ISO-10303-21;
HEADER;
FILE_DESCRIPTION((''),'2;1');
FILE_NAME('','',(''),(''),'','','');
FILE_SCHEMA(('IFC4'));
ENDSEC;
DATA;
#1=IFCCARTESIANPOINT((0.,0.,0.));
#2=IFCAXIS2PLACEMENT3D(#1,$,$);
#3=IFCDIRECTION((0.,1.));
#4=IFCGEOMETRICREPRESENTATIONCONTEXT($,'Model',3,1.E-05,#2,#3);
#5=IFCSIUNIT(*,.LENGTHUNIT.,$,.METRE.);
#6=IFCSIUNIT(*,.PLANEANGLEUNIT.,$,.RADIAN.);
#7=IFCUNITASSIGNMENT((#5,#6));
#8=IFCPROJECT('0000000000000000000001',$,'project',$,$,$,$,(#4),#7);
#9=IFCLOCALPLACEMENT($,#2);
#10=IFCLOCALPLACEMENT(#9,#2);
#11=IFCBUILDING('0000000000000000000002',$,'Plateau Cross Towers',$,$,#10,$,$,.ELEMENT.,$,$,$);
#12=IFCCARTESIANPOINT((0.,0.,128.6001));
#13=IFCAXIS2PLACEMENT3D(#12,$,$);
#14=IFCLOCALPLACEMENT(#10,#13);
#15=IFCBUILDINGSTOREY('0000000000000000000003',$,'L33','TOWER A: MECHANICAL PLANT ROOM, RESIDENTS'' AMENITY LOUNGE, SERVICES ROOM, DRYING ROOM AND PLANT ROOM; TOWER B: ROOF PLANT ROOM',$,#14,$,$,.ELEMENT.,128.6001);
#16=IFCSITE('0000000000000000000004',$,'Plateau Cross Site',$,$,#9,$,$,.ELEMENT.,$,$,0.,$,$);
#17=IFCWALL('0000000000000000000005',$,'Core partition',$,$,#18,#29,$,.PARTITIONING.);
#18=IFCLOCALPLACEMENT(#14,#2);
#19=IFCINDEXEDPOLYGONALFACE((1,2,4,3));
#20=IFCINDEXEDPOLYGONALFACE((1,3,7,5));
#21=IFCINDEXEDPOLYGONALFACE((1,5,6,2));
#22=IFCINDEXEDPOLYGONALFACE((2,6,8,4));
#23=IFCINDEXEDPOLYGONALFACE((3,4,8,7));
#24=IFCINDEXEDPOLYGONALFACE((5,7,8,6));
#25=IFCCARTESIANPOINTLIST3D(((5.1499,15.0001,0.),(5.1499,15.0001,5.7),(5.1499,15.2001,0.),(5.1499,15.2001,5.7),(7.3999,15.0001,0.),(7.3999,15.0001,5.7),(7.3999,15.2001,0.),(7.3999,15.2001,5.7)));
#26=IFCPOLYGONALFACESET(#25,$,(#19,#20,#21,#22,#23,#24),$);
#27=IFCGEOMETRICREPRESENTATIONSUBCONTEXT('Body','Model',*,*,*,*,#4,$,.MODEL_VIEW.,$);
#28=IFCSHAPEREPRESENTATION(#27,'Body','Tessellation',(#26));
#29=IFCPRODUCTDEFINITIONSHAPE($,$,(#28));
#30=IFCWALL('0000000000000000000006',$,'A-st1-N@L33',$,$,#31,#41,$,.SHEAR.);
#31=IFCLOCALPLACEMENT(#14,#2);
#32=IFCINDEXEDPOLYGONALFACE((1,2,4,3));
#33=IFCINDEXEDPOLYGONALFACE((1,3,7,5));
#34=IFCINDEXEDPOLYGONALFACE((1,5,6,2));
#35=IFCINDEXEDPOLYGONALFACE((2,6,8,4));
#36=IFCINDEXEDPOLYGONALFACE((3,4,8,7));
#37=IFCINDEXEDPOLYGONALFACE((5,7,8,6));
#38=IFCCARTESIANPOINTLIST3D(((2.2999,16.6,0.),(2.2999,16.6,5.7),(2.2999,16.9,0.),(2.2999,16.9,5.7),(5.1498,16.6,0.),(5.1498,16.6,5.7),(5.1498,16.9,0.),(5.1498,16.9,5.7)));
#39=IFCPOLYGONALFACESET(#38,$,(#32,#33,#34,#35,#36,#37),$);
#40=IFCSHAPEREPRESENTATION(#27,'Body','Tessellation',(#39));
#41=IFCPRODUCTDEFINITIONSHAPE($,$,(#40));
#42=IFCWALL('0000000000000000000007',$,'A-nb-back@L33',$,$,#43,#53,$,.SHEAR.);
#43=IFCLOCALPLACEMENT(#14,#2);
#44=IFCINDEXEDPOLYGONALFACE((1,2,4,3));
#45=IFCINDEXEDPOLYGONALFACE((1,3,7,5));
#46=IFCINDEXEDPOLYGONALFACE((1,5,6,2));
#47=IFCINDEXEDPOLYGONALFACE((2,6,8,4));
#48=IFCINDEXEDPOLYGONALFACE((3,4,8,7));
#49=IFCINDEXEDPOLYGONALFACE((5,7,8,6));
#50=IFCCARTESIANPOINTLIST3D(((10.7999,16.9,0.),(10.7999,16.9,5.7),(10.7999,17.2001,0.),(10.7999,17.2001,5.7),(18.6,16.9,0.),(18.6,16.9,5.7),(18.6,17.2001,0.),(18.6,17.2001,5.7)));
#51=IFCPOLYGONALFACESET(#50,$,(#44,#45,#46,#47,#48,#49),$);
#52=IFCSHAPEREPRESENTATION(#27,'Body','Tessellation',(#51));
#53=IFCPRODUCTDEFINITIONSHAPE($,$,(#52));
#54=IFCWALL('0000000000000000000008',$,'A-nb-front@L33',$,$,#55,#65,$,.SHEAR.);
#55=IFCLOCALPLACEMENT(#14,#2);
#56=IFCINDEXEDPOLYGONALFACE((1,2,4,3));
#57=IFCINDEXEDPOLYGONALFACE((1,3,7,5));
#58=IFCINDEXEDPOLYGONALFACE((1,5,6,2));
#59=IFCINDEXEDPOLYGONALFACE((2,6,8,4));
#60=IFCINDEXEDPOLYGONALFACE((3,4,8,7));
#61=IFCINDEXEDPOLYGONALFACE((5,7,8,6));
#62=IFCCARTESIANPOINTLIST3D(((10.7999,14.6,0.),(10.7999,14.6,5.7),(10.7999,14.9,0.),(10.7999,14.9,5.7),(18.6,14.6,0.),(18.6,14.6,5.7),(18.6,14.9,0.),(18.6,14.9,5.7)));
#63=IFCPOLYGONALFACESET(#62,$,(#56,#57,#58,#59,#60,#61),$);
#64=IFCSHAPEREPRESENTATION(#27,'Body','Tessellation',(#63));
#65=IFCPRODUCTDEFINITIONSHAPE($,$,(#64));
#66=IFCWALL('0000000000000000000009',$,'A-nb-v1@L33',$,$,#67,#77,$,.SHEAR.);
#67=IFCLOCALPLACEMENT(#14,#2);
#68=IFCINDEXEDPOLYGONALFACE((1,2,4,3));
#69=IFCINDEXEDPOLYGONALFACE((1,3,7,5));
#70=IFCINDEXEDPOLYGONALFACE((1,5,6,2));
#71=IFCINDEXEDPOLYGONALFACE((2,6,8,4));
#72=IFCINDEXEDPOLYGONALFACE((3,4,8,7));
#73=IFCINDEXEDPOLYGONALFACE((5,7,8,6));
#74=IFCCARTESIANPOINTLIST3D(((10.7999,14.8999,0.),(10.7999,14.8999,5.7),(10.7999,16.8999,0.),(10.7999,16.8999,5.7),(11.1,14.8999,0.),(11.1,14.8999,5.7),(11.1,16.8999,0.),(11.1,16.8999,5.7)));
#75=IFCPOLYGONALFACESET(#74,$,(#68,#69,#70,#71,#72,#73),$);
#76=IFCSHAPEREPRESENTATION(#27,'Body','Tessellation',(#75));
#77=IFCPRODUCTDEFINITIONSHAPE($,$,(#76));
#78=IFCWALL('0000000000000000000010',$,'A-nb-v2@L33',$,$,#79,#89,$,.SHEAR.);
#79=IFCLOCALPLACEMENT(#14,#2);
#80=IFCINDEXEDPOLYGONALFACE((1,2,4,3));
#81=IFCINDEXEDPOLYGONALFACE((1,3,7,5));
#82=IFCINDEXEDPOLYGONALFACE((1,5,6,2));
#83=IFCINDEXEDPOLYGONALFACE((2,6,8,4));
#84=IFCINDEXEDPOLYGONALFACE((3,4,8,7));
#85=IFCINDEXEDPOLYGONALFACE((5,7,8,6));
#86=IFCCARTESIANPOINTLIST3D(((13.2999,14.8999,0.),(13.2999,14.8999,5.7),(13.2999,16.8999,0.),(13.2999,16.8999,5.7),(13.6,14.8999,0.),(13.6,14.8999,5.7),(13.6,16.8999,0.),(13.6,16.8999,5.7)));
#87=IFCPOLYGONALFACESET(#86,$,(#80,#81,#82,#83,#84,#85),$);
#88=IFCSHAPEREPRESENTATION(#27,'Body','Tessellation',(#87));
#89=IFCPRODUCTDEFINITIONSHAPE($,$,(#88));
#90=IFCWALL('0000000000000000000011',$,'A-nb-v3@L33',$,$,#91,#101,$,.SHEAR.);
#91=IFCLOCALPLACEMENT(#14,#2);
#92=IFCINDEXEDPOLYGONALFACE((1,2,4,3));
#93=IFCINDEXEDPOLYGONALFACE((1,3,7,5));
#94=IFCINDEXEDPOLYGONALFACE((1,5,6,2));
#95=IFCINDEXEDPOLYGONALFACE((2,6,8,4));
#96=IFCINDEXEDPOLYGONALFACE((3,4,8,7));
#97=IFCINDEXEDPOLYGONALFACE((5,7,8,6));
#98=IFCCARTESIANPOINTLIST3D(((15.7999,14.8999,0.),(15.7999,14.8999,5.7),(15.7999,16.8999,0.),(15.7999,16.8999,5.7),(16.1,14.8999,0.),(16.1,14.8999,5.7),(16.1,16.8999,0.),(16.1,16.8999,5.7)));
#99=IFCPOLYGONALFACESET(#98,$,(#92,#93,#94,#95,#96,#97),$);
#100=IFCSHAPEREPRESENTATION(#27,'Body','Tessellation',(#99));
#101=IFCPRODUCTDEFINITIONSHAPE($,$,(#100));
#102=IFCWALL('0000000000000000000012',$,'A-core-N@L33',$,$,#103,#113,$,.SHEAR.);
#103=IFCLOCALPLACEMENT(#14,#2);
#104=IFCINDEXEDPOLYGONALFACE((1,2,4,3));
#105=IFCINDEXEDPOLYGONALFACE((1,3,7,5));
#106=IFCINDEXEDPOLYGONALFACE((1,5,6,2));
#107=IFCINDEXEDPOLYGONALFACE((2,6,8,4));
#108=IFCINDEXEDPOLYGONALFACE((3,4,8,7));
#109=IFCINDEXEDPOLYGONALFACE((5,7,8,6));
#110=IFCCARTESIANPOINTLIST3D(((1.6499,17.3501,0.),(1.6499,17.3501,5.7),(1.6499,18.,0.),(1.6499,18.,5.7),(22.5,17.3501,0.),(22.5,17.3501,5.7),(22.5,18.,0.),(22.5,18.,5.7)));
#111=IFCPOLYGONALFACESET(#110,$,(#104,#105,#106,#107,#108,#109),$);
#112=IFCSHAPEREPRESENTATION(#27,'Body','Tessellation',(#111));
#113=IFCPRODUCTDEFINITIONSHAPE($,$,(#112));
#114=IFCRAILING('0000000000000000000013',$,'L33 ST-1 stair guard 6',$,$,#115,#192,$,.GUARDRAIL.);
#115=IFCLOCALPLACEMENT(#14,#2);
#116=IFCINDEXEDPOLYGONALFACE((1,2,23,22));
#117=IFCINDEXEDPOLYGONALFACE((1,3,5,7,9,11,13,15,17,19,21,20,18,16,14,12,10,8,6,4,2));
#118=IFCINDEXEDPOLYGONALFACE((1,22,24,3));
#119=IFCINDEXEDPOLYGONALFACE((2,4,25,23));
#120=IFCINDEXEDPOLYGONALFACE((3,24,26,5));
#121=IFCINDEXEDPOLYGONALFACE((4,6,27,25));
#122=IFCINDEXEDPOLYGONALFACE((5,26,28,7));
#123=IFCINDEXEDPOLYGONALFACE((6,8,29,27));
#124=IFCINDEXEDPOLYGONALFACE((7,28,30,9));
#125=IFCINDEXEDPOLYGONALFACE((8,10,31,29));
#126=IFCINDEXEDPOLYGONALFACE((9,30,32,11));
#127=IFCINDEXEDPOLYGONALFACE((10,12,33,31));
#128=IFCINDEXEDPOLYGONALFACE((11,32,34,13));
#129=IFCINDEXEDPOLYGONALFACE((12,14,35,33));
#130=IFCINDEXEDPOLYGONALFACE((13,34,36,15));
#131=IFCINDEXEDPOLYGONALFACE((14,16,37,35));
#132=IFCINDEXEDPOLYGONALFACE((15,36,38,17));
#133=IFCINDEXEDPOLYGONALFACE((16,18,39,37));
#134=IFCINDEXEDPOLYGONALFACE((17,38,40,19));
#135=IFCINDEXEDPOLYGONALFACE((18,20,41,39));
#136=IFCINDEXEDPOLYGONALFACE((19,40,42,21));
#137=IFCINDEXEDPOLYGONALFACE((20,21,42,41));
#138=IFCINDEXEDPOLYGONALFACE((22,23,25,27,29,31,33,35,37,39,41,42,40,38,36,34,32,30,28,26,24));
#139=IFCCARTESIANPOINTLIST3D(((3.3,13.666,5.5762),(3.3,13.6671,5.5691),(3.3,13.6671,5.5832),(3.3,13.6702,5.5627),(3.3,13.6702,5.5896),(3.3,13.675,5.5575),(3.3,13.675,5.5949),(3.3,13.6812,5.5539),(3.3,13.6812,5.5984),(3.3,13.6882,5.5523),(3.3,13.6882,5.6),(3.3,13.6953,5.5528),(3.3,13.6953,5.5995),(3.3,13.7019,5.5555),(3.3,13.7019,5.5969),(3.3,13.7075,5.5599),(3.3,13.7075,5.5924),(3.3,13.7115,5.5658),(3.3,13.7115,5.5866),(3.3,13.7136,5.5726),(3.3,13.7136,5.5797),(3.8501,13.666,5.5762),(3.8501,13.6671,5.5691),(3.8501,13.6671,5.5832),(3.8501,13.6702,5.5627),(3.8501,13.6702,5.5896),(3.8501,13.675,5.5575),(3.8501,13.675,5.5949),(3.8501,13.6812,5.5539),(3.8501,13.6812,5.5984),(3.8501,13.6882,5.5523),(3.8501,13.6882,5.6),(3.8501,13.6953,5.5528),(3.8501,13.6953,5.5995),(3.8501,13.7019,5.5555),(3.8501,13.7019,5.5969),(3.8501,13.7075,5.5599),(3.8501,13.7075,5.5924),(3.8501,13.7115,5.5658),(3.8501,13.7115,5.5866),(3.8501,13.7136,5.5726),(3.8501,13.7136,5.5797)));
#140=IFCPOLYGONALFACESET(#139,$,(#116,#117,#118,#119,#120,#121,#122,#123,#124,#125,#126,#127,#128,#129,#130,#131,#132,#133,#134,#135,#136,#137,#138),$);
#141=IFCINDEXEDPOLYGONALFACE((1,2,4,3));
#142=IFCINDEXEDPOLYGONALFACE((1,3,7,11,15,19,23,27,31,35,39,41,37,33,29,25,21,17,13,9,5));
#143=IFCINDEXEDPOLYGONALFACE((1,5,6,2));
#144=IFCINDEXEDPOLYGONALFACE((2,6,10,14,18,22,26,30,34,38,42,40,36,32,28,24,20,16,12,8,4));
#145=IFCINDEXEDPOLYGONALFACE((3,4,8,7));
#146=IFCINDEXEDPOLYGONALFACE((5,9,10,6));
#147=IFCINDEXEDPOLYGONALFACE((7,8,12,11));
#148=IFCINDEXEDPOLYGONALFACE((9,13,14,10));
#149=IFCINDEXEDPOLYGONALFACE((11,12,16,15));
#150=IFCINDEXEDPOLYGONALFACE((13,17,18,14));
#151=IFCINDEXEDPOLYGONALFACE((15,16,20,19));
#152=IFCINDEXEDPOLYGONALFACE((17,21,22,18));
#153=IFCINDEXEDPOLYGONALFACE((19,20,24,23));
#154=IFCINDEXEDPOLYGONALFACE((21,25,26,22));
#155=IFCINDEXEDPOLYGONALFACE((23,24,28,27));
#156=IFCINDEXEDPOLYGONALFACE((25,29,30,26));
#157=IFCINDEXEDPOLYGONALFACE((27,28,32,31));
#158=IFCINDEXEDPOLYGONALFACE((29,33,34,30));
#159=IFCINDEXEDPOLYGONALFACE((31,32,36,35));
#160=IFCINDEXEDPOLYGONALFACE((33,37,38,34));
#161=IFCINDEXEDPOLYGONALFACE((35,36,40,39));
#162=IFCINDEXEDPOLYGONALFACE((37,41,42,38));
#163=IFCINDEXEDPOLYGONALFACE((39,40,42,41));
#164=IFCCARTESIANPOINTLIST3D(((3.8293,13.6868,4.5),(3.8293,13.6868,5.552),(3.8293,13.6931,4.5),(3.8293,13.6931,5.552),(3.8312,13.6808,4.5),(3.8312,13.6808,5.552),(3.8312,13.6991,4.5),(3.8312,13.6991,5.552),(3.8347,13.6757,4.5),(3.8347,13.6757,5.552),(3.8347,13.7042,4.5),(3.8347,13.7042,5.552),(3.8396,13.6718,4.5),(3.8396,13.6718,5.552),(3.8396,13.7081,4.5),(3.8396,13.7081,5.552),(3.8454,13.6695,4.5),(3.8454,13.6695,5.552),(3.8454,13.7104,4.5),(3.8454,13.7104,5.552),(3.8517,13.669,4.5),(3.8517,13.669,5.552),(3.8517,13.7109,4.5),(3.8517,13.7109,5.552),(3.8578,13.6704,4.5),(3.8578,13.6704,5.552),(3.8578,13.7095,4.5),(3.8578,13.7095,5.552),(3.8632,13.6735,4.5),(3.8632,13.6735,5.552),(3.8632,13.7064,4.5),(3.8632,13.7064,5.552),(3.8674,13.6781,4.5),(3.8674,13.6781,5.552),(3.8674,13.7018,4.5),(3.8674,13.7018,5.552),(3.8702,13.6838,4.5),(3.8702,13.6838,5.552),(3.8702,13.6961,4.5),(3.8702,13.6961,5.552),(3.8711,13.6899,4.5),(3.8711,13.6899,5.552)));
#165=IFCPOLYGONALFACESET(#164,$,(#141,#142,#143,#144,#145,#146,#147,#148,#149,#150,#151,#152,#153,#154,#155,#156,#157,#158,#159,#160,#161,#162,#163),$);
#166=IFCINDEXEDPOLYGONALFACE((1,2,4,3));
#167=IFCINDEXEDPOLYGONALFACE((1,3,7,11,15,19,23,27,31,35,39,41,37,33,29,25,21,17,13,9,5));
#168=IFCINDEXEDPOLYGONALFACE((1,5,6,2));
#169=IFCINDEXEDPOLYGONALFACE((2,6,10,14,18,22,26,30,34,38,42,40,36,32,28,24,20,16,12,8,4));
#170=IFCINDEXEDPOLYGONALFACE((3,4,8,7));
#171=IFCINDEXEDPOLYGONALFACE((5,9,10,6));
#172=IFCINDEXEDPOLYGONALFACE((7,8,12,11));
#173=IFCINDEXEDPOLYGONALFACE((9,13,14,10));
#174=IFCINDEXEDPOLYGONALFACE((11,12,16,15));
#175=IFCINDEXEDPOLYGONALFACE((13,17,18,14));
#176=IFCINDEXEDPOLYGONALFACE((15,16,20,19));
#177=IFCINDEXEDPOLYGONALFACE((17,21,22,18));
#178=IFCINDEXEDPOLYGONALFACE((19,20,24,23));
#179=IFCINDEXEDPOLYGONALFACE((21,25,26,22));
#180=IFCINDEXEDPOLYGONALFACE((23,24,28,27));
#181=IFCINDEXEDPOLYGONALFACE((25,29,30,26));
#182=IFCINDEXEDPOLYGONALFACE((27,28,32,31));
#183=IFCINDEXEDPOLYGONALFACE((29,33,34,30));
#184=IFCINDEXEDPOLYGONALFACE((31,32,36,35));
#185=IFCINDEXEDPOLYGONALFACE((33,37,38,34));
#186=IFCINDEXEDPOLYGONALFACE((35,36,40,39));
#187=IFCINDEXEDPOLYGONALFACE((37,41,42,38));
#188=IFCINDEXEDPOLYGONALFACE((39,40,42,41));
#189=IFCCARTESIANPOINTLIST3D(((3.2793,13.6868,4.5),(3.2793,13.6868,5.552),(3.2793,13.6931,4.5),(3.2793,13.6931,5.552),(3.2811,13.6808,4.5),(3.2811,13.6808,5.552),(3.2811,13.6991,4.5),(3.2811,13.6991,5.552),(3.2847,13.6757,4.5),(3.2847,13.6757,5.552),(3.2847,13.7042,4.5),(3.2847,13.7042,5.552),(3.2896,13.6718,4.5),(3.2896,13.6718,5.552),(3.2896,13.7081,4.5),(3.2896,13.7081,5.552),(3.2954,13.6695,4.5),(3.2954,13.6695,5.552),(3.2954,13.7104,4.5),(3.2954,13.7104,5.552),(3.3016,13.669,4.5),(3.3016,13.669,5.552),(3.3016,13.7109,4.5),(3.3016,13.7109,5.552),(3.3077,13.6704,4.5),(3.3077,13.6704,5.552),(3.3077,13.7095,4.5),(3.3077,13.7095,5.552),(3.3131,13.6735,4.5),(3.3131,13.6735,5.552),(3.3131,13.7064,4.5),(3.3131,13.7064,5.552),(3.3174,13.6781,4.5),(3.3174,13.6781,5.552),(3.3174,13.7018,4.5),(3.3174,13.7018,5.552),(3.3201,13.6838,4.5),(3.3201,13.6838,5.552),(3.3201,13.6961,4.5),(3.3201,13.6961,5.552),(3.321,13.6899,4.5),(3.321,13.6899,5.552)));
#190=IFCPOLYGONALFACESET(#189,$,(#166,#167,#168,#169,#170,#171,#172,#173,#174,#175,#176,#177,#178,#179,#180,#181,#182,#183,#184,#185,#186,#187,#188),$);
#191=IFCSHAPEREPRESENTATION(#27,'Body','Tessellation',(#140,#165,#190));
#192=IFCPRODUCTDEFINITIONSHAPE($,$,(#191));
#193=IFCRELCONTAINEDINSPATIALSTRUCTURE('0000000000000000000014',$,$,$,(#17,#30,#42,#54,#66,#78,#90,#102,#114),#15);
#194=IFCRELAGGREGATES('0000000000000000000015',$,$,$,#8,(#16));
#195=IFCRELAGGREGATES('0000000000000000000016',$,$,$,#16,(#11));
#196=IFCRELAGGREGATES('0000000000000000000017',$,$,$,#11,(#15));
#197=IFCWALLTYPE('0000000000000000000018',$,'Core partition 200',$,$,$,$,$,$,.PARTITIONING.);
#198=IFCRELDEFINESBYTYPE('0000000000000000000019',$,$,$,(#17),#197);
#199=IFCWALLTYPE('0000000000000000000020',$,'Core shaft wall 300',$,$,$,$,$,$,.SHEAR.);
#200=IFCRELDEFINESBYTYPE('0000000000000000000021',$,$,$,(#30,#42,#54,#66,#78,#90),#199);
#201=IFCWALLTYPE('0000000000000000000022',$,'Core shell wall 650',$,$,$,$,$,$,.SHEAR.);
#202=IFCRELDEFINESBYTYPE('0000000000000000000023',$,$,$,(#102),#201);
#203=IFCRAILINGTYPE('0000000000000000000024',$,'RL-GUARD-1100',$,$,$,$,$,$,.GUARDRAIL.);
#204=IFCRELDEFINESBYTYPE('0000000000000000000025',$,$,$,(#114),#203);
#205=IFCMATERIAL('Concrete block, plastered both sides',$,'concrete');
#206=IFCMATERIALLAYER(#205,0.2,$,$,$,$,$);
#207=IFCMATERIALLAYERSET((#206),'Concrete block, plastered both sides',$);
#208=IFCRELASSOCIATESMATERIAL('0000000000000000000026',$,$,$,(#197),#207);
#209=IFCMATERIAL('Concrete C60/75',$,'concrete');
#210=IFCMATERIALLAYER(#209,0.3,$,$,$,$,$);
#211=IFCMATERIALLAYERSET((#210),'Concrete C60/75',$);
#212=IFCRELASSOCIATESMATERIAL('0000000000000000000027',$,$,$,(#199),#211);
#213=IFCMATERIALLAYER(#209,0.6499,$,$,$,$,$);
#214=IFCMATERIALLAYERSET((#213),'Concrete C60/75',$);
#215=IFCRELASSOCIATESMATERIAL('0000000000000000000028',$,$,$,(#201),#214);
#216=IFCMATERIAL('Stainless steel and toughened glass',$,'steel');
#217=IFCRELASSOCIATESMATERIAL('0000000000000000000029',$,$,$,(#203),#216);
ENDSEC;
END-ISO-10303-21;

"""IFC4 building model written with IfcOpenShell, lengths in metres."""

from ifc_helpers import new_model, si_unit, direction, frame, frame_2d, origin, origin_2d, place, context, subcontext, project, spatial, rectangle, circle, extrude, material, layer, layer_set, type_object, element, save


model = new_model("IFC4")

# Units and contexts
model_context = context("Model", 3, precision=1e-05, world=origin(), true_north=direction((0.0, 1.0)))
body_context = subcontext(model_context, "Body", "Model", "MODEL_VIEW")
ifc_project = project(units=[si_unit("LENGTHUNIT", "METRE"), si_unit("PLANEANGLEUNIT", "RADIAN")], contexts=[model_context])

# Site, building, storey
site_placement = place(None, origin())
site = spatial("IfcSite", under=ifc_project, at=site_placement, Name="Plateau Cross Site", CompositionType="ELEMENT", RefElevation=0.0)
building_placement = place(site_placement, origin())
building = spatial("IfcBuilding", under=site, at=building_placement, Name="Plateau Cross Towers", CompositionType="ELEMENT")
storey_placement = place(building_placement, frame((0.0, 0.0, 128.6001)))
storey = spatial("IfcBuildingStorey", under=building, at=storey_placement, Name="L33", Description="TOWER A: MECHANICAL PLANT ROOM, RESIDENTS' AMENITY LOUNGE, SERVICES ROOM, DRYING ROOM AND PLANT ROOM; TOWER B: ROOF PLANT ROOM", CompositionType="ELEMENT", Elevation=128.6001)

# Shared definitions
ifc_material_1 = material(Name="Concrete C60/75", Category="concrete")

# Walls
ifc_material_2 = material(Name="Concrete block, plastered both sides", Category="concrete")
ifc_layer_1 = layer(ifc_material_2, 0.2)
ifc_layer_set_1 = layer_set([ifc_layer_1], Name="Concrete block, plastered both sides")
wall_type_1 = type_object("IfcWallType", Name="Core partition 200", PredefinedType="PARTITIONING", material=ifc_layer_set_1)
wall_1_placement = place(storey_placement, frame((5.1499, 15.1001, 0.0), z_axis=(0.0, 0.0, 1.0), x_axis=(1.0, 0.0, 0.0)))
element("IfcWall", 1, at=wall_1_placement, inside=storey, type_object=wall_type_1, Name="Core partition", PredefinedType="PARTITIONING", context=body_context, shape_type="SweptSolid", body=[
    extrude(rectangle(XDim=2.25, YDim=0.2, at=frame_2d((1.125, 0.0))), origin(), (0.0, 0.0, 1.0), 5.7),
])
ifc_layer_2 = layer(ifc_material_1, 0.3)
ifc_layer_set_2 = layer_set([ifc_layer_2], Name="Concrete C60/75")
wall_type_2 = type_object("IfcWallType", Name="Core shaft wall 300", PredefinedType="SHEAR", material=ifc_layer_set_2)
wall_2_placement = place(storey_placement, frame((2.3, 16.75, 0.0), z_axis=(0.0, 0.0, 1.0), x_axis=(1.0, 0.0, 0.0)))
element("IfcWall", 2, at=wall_2_placement, inside=storey, type_object=wall_type_2, Name="A-st1-N@L33", PredefinedType="SHEAR", context=body_context, shape_type="SweptSolid", body=[
    extrude(rectangle(XDim=2.8499, YDim=0.3, at=frame_2d((1.4248, 0.0))), origin(), (0.0, 0.0, 1.0), 5.7),
])
for number, where, z_axis, x_axis, name in (
    (3, (10.8, 17.05, 0.0), (0.0, 0.0, 1.0), (1.0, 0.0, 0.0), "A-nb-back@L33"),
    (4, (10.8, 14.75, 0.0), (0.0, 0.0, 1.0), (1.0, 0.0, 0.0), "A-nb-front@L33"),
):
    element("IfcWall", number, at=place(storey_placement, frame(where, z_axis=z_axis, x_axis=x_axis)), inside=storey, type_object=wall_type_2, Name=name, PredefinedType="SHEAR", context=body_context, shape_type="SweptSolid", body=[
        extrude(rectangle(XDim=7.8, YDim=0.3, at=frame_2d((3.8999, 0.0))), origin(), (0.0, 0.0, 1.0), 5.7),
    ])
for number, where, z_axis, x_axis, name in (
    (5, (10.95, 14.8999, 0.0), (0.0, 0.0, 1.0), (0.0, 1.0, 0.0), "A-nb-v1@L33"),
    (6, (13.45, 14.8999, 0.0), (0.0, 0.0, 1.0), (0.0, 1.0, 0.0), "A-nb-v2@L33"),
    (7, (15.95, 14.8999, 0.0), (0.0, 0.0, 1.0), (0.0, 1.0, 0.0), "A-nb-v3@L33"),
):
    element("IfcWall", number, at=place(storey_placement, frame(where, z_axis=z_axis, x_axis=x_axis)), inside=storey, type_object=wall_type_2, Name=name, PredefinedType="SHEAR", context=body_context, shape_type="SweptSolid", body=[
        extrude(rectangle(XDim=2.0, YDim=0.3, at=frame_2d((1.0, 0.0))), origin(), (0.0, 0.0, 1.0), 5.7),
    ])
ifc_layer_3 = layer(ifc_material_1, 0.6499)
ifc_layer_set_3 = layer_set([ifc_layer_3], Name="Concrete C60/75")
wall_type_3 = type_object("IfcWallType", Name="Core shell wall 650", PredefinedType="SHEAR", material=ifc_layer_set_3)
wall_3_placement = place(storey_placement, frame((1.6499, 17.675, 0.0), z_axis=(0.0, 0.0, 1.0), x_axis=(1.0, 0.0, 0.0)))
element("IfcWall", 8, at=wall_3_placement, inside=storey, type_object=wall_type_3, Name="A-core-N@L33", PredefinedType="SHEAR", context=body_context, shape_type="SweptSolid", body=[
    extrude(rectangle(XDim=20.8501, YDim=0.6499, at=frame_2d((10.425, 0.0))), origin(), (0.0, 0.0, 1.0), 5.7),
])

# Railing
ifc_material_3 = material(Name="Stainless steel and toughened glass", Category="steel")
railing_type = type_object("IfcRailingType", Name="RL-GUARD-1100", PredefinedType="GUARDRAIL", material=ifc_material_3)
railing_placement = place(storey_placement, frame((3.8501, 13.6899, 4.5)))
element("IfcRailing", 9, at=railing_placement, inside=storey, type_object=railing_type, Name="L33 ST-1 stair guard 6", PredefinedType="GUARDRAIL", context=body_context, shape_type="SweptSolid", body=[
    extrude(circle(Radius=0.0239, at=origin_2d()), frame((0.0, 0.0, 1.0762), z_axis=(-1.0, 0.0, 0.0), x_axis=(0.0, -1.0, 0.0)), (0.0, 0.0, 1.0), 0.55),
    extrude(circle(Radius=0.021, at=origin_2d()), origin(), (0.0, 0.0, 1.0), 1.052),
    extrude(circle(Radius=0.021, at=origin_2d()), frame((-0.55, 0.0, 0.0)), (0.0, 0.0, 1.0), 1.052),
])

save(model, "model.ifc")
